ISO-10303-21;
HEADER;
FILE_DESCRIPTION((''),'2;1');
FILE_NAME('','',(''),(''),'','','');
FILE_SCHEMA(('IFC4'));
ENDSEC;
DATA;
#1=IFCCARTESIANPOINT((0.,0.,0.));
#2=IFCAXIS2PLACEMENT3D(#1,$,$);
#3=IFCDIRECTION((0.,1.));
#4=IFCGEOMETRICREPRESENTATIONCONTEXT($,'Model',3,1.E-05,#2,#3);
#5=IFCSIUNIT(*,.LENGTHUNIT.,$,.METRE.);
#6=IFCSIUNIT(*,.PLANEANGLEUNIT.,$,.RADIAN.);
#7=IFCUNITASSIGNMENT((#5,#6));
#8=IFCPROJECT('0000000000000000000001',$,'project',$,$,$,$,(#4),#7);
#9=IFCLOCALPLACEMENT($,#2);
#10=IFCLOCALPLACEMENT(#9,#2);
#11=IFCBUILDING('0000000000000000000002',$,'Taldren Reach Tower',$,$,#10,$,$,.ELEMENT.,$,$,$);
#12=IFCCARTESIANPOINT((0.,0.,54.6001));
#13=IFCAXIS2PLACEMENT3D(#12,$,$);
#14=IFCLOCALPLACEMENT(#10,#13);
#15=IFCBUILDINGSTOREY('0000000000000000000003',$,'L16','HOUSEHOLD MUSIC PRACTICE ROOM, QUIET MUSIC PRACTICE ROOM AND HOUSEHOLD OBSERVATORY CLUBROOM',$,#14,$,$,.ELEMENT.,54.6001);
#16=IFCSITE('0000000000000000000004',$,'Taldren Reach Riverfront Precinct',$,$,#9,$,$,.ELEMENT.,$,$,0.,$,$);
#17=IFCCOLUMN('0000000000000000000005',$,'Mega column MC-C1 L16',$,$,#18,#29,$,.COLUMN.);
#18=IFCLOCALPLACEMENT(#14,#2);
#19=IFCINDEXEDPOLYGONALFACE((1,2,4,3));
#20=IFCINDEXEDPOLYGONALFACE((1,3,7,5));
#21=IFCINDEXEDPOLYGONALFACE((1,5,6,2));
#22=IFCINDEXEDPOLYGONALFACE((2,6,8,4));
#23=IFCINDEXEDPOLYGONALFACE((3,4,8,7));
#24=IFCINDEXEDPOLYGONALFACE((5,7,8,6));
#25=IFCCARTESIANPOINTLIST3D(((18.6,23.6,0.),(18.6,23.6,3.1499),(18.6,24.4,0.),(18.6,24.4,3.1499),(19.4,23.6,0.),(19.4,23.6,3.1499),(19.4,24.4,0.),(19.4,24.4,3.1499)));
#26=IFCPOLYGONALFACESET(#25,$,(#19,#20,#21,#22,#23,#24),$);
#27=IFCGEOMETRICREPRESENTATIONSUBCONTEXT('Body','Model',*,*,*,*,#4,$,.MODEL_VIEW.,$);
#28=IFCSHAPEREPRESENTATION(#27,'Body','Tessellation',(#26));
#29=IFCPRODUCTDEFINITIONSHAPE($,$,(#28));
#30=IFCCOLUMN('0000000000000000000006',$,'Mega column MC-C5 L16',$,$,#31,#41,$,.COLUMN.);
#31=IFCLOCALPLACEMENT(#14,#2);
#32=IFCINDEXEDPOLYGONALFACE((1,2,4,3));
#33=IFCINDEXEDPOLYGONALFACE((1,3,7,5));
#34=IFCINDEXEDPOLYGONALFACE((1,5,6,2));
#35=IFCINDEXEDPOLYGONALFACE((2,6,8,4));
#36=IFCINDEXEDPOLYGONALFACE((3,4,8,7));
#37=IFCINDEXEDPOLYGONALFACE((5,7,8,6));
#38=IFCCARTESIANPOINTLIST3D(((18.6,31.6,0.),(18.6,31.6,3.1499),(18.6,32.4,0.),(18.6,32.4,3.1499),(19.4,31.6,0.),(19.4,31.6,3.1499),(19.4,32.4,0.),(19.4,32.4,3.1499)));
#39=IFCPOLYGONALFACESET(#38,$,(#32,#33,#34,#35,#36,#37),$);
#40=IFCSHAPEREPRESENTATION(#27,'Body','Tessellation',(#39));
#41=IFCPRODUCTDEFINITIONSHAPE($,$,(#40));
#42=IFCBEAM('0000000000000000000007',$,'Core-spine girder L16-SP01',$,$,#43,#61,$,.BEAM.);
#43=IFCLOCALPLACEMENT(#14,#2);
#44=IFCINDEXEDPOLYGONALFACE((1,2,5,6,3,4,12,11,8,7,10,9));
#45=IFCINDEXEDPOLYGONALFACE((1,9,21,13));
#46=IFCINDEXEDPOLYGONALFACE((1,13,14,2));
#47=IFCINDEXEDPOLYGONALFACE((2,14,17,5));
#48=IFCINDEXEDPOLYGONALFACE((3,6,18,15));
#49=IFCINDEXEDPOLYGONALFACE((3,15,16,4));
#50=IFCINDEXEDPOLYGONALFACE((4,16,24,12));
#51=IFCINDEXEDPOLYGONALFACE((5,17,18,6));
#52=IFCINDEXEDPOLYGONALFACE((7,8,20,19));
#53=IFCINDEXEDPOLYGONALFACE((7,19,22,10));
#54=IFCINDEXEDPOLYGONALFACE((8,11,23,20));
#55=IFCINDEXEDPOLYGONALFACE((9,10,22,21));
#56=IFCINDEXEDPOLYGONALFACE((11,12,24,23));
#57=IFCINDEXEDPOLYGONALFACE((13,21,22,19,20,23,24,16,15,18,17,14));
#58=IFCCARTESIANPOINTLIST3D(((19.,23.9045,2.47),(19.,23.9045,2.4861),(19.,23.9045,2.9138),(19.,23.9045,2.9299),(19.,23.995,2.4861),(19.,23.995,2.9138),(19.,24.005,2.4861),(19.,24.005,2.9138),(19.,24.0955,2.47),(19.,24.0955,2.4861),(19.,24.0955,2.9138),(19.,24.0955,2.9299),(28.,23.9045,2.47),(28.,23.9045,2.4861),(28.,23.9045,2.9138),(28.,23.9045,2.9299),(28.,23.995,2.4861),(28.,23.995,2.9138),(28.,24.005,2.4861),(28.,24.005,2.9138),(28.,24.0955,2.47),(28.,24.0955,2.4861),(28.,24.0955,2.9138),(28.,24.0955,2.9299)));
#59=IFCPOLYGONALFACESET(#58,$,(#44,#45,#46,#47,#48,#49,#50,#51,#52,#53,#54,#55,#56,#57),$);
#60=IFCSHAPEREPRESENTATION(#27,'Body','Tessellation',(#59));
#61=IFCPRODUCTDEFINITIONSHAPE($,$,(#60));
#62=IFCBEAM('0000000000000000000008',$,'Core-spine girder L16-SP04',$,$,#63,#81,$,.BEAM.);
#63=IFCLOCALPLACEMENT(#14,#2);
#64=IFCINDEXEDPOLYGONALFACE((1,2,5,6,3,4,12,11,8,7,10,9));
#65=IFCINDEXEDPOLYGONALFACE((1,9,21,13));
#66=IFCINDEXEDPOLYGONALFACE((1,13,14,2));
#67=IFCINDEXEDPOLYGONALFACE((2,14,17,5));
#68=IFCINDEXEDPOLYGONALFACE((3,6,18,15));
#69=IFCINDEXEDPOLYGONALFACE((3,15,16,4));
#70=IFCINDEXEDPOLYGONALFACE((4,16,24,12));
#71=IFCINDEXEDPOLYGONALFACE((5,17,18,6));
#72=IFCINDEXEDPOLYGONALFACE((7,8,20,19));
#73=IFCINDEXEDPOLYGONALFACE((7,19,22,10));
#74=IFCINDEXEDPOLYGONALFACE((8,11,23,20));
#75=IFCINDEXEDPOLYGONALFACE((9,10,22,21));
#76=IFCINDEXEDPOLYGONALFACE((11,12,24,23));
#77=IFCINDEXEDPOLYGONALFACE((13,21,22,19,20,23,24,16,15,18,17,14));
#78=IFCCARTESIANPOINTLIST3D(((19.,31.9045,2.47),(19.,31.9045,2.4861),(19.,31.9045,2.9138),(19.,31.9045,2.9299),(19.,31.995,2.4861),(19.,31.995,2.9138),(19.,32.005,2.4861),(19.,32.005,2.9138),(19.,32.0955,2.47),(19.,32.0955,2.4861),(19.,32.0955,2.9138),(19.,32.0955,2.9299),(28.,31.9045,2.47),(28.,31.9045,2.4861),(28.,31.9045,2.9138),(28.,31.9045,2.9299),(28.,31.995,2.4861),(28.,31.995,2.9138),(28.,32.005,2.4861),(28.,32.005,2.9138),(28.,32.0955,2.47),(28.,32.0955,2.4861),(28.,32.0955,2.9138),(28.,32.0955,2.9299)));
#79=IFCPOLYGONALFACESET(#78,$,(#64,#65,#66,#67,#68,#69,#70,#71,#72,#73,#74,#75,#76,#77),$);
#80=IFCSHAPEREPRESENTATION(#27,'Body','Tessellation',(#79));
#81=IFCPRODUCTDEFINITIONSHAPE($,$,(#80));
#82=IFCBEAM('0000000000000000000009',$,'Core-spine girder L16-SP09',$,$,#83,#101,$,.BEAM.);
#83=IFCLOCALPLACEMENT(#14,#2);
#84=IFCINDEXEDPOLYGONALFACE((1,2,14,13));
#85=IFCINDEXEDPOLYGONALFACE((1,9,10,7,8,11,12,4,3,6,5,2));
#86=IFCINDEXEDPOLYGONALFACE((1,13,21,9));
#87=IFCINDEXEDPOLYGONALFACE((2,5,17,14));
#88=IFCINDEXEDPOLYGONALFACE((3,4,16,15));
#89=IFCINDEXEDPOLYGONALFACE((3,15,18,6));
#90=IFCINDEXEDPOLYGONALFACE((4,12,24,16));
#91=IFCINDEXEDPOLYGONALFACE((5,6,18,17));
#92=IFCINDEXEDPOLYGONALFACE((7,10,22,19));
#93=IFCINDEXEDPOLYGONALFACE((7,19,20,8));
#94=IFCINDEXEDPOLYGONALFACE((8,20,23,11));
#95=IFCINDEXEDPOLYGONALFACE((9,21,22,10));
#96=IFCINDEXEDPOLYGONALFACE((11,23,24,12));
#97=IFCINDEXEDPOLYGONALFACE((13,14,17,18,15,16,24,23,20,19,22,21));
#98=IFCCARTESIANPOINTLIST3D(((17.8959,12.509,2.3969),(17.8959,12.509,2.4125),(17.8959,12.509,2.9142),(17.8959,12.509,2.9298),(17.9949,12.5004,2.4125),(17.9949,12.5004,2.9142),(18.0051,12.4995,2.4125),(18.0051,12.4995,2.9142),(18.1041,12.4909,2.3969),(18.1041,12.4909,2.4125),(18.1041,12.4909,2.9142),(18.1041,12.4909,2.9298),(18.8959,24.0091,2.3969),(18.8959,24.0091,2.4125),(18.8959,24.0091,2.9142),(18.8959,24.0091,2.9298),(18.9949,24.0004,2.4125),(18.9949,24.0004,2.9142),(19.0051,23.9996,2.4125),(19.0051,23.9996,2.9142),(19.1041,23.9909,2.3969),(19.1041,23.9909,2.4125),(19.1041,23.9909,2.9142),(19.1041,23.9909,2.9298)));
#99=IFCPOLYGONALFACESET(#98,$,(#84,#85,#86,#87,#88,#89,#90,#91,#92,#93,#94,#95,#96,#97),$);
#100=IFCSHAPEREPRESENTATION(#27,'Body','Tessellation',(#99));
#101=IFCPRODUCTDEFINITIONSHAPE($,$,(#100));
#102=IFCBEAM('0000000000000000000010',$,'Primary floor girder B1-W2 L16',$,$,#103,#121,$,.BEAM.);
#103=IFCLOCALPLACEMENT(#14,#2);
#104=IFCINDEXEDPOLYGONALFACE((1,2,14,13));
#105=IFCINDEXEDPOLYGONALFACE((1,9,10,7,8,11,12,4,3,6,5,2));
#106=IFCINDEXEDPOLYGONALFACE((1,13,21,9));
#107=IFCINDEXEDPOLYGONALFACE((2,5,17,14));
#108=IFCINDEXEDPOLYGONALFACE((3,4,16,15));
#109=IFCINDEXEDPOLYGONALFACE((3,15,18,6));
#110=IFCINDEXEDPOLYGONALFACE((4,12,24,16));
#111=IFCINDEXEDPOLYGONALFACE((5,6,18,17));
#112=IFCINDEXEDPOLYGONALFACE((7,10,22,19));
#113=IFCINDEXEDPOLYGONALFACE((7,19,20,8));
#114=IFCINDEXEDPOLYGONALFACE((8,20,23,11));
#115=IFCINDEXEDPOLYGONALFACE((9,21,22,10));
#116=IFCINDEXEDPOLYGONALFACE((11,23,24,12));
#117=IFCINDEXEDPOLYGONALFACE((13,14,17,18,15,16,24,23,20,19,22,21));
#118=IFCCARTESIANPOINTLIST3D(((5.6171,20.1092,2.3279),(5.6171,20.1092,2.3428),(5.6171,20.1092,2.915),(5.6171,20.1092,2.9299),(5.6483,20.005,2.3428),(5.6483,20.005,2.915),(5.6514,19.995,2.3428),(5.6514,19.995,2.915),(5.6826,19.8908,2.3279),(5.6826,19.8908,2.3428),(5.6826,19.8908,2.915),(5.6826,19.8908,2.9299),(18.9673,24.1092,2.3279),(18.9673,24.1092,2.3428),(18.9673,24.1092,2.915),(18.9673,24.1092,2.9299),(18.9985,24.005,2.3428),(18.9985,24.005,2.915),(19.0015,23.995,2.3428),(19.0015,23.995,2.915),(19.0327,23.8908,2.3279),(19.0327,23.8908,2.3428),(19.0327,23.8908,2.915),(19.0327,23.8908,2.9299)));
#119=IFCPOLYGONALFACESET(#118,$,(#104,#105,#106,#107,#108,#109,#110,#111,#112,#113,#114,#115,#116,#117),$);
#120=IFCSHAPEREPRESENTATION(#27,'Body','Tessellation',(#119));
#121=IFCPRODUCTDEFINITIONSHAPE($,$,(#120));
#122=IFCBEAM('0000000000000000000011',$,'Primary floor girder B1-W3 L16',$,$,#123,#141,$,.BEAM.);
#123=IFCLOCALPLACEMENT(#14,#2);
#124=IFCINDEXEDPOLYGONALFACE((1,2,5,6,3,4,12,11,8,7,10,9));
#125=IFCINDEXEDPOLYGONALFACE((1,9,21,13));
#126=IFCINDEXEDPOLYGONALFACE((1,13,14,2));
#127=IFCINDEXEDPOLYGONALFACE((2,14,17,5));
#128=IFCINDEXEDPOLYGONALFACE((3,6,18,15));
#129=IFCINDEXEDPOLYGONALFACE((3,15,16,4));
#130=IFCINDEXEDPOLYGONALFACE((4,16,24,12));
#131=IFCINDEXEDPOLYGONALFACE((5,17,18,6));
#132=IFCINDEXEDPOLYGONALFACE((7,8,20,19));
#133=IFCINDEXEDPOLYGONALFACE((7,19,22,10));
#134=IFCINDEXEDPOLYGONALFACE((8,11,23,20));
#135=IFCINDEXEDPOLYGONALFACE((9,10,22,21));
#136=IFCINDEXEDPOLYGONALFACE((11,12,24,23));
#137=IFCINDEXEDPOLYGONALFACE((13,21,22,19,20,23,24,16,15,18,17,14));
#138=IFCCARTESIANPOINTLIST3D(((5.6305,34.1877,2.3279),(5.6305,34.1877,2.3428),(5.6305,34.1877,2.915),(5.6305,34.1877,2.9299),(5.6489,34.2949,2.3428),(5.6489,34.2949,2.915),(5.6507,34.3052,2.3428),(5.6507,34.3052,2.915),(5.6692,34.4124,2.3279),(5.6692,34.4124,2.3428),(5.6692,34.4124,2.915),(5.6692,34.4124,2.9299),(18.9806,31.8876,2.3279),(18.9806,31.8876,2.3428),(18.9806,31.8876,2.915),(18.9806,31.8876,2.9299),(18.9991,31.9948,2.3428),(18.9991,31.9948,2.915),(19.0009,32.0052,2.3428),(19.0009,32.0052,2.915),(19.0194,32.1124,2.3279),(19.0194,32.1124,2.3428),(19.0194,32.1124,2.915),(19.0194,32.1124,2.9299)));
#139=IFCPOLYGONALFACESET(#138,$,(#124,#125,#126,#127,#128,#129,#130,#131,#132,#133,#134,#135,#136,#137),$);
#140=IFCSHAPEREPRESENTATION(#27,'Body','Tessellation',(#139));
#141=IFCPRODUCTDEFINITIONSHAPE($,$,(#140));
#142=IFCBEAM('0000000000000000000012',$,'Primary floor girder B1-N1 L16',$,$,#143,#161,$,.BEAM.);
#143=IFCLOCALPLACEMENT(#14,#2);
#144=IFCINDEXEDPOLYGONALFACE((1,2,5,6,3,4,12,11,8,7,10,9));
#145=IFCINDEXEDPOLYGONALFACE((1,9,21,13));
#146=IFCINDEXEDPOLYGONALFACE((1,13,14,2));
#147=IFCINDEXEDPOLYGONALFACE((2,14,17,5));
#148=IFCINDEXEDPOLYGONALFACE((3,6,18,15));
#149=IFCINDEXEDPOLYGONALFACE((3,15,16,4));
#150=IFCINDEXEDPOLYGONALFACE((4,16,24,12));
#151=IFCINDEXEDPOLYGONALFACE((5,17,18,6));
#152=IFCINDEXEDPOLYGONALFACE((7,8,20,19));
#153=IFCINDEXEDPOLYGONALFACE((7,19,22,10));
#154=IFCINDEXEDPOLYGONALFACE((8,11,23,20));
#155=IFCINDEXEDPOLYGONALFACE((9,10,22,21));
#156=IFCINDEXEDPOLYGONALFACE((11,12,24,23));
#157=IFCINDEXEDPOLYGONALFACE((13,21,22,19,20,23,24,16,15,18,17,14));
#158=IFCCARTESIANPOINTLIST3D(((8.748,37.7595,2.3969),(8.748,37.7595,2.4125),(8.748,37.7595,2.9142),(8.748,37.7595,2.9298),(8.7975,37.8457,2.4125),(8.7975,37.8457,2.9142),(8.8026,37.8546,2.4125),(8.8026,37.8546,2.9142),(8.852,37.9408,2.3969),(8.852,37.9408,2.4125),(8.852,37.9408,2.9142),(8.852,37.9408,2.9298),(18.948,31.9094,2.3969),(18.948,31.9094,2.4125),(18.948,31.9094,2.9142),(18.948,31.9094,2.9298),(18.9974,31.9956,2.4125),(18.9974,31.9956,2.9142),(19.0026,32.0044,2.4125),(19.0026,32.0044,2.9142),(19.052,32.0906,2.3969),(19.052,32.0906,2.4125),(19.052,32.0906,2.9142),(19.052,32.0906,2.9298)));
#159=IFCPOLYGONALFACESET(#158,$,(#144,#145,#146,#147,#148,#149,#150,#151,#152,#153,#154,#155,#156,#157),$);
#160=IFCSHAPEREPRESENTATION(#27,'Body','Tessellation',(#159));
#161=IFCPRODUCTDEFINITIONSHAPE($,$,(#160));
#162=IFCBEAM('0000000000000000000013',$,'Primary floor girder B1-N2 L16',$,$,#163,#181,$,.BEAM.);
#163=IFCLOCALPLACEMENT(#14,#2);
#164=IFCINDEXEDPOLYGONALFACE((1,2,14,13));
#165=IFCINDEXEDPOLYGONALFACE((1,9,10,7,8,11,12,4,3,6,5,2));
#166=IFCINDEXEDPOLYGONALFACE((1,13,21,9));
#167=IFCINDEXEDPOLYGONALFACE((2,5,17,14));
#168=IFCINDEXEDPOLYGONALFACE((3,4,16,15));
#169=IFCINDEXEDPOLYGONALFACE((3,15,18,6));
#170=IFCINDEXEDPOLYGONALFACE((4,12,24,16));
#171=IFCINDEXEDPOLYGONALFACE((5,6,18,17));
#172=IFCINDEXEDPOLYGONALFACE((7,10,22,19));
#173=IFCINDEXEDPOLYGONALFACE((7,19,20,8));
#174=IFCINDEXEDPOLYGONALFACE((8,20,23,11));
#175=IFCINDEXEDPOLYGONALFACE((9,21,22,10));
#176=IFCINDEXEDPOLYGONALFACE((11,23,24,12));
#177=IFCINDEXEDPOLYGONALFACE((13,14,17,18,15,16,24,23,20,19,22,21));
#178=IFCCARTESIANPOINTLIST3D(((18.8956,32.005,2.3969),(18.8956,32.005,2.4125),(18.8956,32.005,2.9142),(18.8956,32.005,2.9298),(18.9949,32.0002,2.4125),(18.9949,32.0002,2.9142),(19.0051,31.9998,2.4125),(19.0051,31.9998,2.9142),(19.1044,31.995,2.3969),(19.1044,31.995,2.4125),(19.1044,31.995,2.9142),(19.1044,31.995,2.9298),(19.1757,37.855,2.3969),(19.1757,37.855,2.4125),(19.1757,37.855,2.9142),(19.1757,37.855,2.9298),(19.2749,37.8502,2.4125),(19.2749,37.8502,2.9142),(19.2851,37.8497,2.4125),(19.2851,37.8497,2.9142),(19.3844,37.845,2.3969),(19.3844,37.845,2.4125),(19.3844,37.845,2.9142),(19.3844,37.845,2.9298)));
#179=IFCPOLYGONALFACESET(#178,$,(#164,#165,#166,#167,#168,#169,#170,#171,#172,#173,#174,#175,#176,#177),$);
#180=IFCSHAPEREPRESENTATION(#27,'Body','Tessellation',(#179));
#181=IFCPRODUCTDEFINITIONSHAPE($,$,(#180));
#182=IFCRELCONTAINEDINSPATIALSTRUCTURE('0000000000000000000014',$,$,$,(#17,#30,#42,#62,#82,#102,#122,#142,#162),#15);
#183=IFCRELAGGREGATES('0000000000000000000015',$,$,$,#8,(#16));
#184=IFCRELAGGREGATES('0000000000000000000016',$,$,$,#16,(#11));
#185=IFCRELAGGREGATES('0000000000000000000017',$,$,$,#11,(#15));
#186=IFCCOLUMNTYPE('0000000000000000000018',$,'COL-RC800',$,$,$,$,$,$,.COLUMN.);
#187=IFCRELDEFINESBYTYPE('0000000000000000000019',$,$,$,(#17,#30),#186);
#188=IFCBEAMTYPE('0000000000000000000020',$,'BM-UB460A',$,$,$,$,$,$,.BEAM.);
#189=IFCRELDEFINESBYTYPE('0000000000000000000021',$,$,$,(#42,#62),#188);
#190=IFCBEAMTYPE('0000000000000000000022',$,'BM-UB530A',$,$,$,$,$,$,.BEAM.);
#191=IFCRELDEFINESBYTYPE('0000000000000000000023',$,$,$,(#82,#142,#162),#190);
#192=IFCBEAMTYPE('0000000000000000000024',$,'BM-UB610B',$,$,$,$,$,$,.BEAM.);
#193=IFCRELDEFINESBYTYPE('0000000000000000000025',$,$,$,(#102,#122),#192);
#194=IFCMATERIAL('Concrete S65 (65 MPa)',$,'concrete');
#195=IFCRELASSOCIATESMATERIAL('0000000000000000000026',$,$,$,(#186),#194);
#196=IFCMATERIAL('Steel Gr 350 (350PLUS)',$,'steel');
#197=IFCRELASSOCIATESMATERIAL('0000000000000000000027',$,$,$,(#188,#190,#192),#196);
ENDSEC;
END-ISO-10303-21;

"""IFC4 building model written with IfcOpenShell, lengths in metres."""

from ifc_helpers import new_model, si_unit, direction, frame, origin, origin_2d, place, context, subcontext, project, spatial, rectangle, i_section, extrude, source, transform, mapped, material, material_profile, profile_set, type_object, element, save


model = new_model("IFC4")

# Units and contexts
model_context = context("Model", 3, precision=1e-05, world=origin(), true_north=direction((0.0, 1.0)))
body_context = subcontext(model_context, "Body", "Model", "MODEL_VIEW")
ifc_project = project(units=[si_unit("LENGTHUNIT", "METRE"), si_unit("PLANEANGLEUNIT", "RADIAN")], contexts=[model_context])

# Site, building, storey
site_placement = place(None, origin())
site = spatial("IfcSite", under=ifc_project, at=site_placement, Name="Taldren Reach Riverfront Precinct", CompositionType="ELEMENT", RefElevation=0.0)
building_placement = place(site_placement, origin())
building = spatial("IfcBuilding", under=site, at=building_placement, Name="Taldren Reach Tower", CompositionType="ELEMENT")
storey_placement = place(building_placement, frame((0.0, 0.0, 54.6001)))
storey = spatial("IfcBuildingStorey", under=building, at=storey_placement, Name="L16", Description="HOUSEHOLD MUSIC PRACTICE ROOM, QUIET MUSIC PRACTICE ROOM AND HOUSEHOLD OBSERVATORY CLUBROOM", CompositionType="ELEMENT", Elevation=54.6001)

# Columns
ifc_material_1 = material(Name="Concrete S65 (65 MPa)", Category="concrete")
ifc_material_profile_1 = material_profile(ifc_material_1, rectangle(XDim=0.8, YDim=0.8, at=origin_2d()), Name="RC-800x800")
ifc_profile_set_1 = profile_set([ifc_material_profile_1], Name="Concrete S65 (65 MPa)")
column_type = type_object("IfcColumnType", Name="COL-RC800", PredefinedType="COLUMN", material=ifc_profile_set_1)
shared_shape_1 = source(origin(), body_context, "Body", "SweptSolid", [
    extrude(rectangle(XDim=0.8, YDim=0.8, at=origin_2d()), origin(), (0.0, 0.0, 1.0), 3.1499),
])
for number, where, z_axis, x_axis, name in (
    (1, (19.0, 24.0, 0.0), (0.0, 0.0, 1.0), (1.0, 0.0, 0.0), "Mega column MC-C1 L16"),
    (2, (19.0, 32.0, 0.0), (0.0, 0.0, 1.0), (1.0, 0.0, 0.0), "Mega column MC-C5 L16"),
):
    element("IfcColumn", number, at=place(storey_placement, frame(where, z_axis=z_axis, x_axis=x_axis)), inside=storey, type_object=column_type, Name=name, PredefinedType="COLUMN", context=body_context, shape_type="MappedRepresentation", body=[
        mapped(shared_shape_1, transform((0.0, 0.0, 0.0), scale=1.0)),
    ])

# Beams
ifc_material_2 = material(Name="Steel Gr 350 (350PLUS)", Category="steel")
ifc_material_profile_2 = material_profile(ifc_material_2, i_section(OverallWidth=0.1909, OverallDepth=0.46, WebThickness=0.01, FlangeThickness=0.0161, at=origin_2d()), Name="460UB82.1")
ifc_profile_set_2 = profile_set([ifc_material_profile_2], Name="Steel Gr 350 (350PLUS)")
beam_type_1 = type_object("IfcBeamType", Name="BM-UB460A", PredefinedType="BEAM", material=ifc_profile_set_2)
shared_shape_2 = source(origin(), body_context, "Body", "SweptSolid", [
    extrude(i_section(OverallWidth=0.1909, OverallDepth=0.46, WebThickness=0.01, FlangeThickness=0.0161, at=origin_2d()), origin(), (0.0, 0.0, 1.0), 9.0),
])
for number, where, z_axis, x_axis, name in (
    (3, (19.0, 24.0, 2.7), (1.0, 0.0, 0.0), (0.0, 1.0, 0.0), "Core-spine girder L16-SP01"),
    (4, (19.0, 32.0, 2.7), (1.0, 0.0, 0.0), (0.0, 1.0, 0.0), "Core-spine girder L16-SP04"),
):
    element("IfcBeam", number, at=place(storey_placement, frame(where, z_axis=z_axis, x_axis=x_axis)), inside=storey, type_object=beam_type_1, Name=name, PredefinedType="BEAM", context=body_context, shape_type="MappedRepresentation", body=[
        mapped(shared_shape_2, transform((0.0, 0.0, 0.0), scale=1.0)),
    ])
ifc_material_profile_3 = material_profile(ifc_material_2, i_section(OverallWidth=0.209, OverallDepth=0.533, WebThickness=0.0103, FlangeThickness=0.0156, at=origin_2d()), Name="530UB92.4")
ifc_profile_set_3 = profile_set([ifc_material_profile_3], Name="Steel Gr 350 (350PLUS)")
beam_type_2 = type_object("IfcBeamType", Name="BM-UB530A", PredefinedType="BEAM", material=ifc_profile_set_3)
shared_shape_3 = source(origin(), body_context, "Body", "SweptSolid", [
    extrude(i_section(OverallWidth=0.209, OverallDepth=0.533, WebThickness=0.0103, FlangeThickness=0.0156, at=origin_2d()), origin(), (0.0, 0.0, 1.0), 11.5435),
])
beam_1_placement = place(storey_placement, frame((19.0, 24.0, 2.6633), z_axis=(-0.08663, -0.996241, 0.0), x_axis=(0.996241, -0.08663, 0.0)))
element("IfcBeam", 5, at=beam_1_placement, inside=storey, type_object=beam_type_2, Name="Core-spine girder L16-SP09", PredefinedType="BEAM", context=body_context, shape_type="MappedRepresentation", body=[
    mapped(shared_shape_3, transform((0.0, 0.0, 0.0), scale=1.0)),
])
ifc_material_profile_4 = material_profile(ifc_material_2, i_section(OverallWidth=0.228, OverallDepth=0.6021, WebThickness=0.0105, FlangeThickness=0.0149, at=origin_2d()), Name="610UB101")
ifc_profile_set_4 = profile_set([ifc_material_profile_4], Name="Steel Gr 350 (350PLUS)")
beam_type_3 = type_object("IfcBeamType", Name="BM-UB610B", PredefinedType="BEAM", material=ifc_profile_set_4)
shared_shape_4 = source(origin(), body_context, "Body", "SweptSolid", [
    extrude(i_section(OverallWidth=0.228, OverallDepth=0.6021, WebThickness=0.0105, FlangeThickness=0.0149, at=origin_2d()), origin(), (0.0, 0.0, 1.0), 13.9365),
])
beam_2_placement = place(storey_placement, frame((19.0, 24.0, 2.6289), z_axis=(-0.957926, -0.287017, 0.0), x_axis=(0.287017, -0.957926, 0.0)))
element("IfcBeam", 6, at=beam_2_placement, inside=storey, type_object=beam_type_3, Name="Primary floor girder B1-W2 L16", PredefinedType="BEAM", context=body_context, shape_type="MappedRepresentation", body=[
    mapped(shared_shape_4, transform((0.0, 0.0, 0.0), scale=1.0)),
])
shared_shape_5 = source(origin(), body_context, "Body", "SweptSolid", [
    extrude(i_section(OverallWidth=0.228, OverallDepth=0.6021, WebThickness=0.0105, FlangeThickness=0.0149, at=origin_2d()), origin(), (0.0, 0.0, 1.0), 13.5469),
])
beam_3_placement = place(storey_placement, frame((19.0, 32.0, 2.6289), z_axis=(-0.985481, 0.169786, 0.0), x_axis=(-0.169786, -0.985481, 0.0)))
element("IfcBeam", 7, at=beam_3_placement, inside=storey, type_object=beam_type_3, Name="Primary floor girder B1-W3 L16", PredefinedType="BEAM", context=body_context, shape_type="MappedRepresentation", body=[
    mapped(shared_shape_5, transform((0.0, 0.0, 0.0), scale=1.0)),
])
shared_shape_6 = source(origin(), body_context, "Body", "SweptSolid", [
    extrude(i_section(OverallWidth=0.209, OverallDepth=0.533, WebThickness=0.0103, FlangeThickness=0.0156, at=origin_2d()), origin(), (0.0, 0.0, 1.0), 11.7585),
])
beam_4_placement = place(storey_placement, frame((19.0, 32.0, 2.6633), z_axis=(-0.867452, 0.49752, 0.0), x_axis=(-0.49752, -0.867452, 0.0)))
element("IfcBeam", 8, at=beam_4_placement, inside=storey, type_object=beam_type_2, Name="Primary floor girder B1-N1 L16", PredefinedType="BEAM", context=body_context, shape_type="MappedRepresentation", body=[
    mapped(shared_shape_6, transform((0.0, 0.0, 0.0), scale=1.0)),
])
shared_shape_7 = source(origin(), body_context, "Body", "SweptSolid", [
    extrude(i_section(OverallWidth=0.209, OverallDepth=0.533, WebThickness=0.0103, FlangeThickness=0.0156, at=origin_2d()), origin(), (0.0, 0.0, 1.0), 5.8567),
])
beam_5_placement = place(storey_placement, frame((19.0, 32.0, 2.6633), z_axis=(0.047813, 0.998856, 0.0), x_axis=(-0.998856, 0.047813, 0.0)))
element("IfcBeam", 9, at=beam_5_placement, inside=storey, type_object=beam_type_2, Name="Primary floor girder B1-N2 L16", PredefinedType="BEAM", context=body_context, shape_type="MappedRepresentation", body=[
    mapped(shared_shape_7, transform((0.0, 0.0, 0.0), scale=1.0)),
])

save(model, "model.ifc")
